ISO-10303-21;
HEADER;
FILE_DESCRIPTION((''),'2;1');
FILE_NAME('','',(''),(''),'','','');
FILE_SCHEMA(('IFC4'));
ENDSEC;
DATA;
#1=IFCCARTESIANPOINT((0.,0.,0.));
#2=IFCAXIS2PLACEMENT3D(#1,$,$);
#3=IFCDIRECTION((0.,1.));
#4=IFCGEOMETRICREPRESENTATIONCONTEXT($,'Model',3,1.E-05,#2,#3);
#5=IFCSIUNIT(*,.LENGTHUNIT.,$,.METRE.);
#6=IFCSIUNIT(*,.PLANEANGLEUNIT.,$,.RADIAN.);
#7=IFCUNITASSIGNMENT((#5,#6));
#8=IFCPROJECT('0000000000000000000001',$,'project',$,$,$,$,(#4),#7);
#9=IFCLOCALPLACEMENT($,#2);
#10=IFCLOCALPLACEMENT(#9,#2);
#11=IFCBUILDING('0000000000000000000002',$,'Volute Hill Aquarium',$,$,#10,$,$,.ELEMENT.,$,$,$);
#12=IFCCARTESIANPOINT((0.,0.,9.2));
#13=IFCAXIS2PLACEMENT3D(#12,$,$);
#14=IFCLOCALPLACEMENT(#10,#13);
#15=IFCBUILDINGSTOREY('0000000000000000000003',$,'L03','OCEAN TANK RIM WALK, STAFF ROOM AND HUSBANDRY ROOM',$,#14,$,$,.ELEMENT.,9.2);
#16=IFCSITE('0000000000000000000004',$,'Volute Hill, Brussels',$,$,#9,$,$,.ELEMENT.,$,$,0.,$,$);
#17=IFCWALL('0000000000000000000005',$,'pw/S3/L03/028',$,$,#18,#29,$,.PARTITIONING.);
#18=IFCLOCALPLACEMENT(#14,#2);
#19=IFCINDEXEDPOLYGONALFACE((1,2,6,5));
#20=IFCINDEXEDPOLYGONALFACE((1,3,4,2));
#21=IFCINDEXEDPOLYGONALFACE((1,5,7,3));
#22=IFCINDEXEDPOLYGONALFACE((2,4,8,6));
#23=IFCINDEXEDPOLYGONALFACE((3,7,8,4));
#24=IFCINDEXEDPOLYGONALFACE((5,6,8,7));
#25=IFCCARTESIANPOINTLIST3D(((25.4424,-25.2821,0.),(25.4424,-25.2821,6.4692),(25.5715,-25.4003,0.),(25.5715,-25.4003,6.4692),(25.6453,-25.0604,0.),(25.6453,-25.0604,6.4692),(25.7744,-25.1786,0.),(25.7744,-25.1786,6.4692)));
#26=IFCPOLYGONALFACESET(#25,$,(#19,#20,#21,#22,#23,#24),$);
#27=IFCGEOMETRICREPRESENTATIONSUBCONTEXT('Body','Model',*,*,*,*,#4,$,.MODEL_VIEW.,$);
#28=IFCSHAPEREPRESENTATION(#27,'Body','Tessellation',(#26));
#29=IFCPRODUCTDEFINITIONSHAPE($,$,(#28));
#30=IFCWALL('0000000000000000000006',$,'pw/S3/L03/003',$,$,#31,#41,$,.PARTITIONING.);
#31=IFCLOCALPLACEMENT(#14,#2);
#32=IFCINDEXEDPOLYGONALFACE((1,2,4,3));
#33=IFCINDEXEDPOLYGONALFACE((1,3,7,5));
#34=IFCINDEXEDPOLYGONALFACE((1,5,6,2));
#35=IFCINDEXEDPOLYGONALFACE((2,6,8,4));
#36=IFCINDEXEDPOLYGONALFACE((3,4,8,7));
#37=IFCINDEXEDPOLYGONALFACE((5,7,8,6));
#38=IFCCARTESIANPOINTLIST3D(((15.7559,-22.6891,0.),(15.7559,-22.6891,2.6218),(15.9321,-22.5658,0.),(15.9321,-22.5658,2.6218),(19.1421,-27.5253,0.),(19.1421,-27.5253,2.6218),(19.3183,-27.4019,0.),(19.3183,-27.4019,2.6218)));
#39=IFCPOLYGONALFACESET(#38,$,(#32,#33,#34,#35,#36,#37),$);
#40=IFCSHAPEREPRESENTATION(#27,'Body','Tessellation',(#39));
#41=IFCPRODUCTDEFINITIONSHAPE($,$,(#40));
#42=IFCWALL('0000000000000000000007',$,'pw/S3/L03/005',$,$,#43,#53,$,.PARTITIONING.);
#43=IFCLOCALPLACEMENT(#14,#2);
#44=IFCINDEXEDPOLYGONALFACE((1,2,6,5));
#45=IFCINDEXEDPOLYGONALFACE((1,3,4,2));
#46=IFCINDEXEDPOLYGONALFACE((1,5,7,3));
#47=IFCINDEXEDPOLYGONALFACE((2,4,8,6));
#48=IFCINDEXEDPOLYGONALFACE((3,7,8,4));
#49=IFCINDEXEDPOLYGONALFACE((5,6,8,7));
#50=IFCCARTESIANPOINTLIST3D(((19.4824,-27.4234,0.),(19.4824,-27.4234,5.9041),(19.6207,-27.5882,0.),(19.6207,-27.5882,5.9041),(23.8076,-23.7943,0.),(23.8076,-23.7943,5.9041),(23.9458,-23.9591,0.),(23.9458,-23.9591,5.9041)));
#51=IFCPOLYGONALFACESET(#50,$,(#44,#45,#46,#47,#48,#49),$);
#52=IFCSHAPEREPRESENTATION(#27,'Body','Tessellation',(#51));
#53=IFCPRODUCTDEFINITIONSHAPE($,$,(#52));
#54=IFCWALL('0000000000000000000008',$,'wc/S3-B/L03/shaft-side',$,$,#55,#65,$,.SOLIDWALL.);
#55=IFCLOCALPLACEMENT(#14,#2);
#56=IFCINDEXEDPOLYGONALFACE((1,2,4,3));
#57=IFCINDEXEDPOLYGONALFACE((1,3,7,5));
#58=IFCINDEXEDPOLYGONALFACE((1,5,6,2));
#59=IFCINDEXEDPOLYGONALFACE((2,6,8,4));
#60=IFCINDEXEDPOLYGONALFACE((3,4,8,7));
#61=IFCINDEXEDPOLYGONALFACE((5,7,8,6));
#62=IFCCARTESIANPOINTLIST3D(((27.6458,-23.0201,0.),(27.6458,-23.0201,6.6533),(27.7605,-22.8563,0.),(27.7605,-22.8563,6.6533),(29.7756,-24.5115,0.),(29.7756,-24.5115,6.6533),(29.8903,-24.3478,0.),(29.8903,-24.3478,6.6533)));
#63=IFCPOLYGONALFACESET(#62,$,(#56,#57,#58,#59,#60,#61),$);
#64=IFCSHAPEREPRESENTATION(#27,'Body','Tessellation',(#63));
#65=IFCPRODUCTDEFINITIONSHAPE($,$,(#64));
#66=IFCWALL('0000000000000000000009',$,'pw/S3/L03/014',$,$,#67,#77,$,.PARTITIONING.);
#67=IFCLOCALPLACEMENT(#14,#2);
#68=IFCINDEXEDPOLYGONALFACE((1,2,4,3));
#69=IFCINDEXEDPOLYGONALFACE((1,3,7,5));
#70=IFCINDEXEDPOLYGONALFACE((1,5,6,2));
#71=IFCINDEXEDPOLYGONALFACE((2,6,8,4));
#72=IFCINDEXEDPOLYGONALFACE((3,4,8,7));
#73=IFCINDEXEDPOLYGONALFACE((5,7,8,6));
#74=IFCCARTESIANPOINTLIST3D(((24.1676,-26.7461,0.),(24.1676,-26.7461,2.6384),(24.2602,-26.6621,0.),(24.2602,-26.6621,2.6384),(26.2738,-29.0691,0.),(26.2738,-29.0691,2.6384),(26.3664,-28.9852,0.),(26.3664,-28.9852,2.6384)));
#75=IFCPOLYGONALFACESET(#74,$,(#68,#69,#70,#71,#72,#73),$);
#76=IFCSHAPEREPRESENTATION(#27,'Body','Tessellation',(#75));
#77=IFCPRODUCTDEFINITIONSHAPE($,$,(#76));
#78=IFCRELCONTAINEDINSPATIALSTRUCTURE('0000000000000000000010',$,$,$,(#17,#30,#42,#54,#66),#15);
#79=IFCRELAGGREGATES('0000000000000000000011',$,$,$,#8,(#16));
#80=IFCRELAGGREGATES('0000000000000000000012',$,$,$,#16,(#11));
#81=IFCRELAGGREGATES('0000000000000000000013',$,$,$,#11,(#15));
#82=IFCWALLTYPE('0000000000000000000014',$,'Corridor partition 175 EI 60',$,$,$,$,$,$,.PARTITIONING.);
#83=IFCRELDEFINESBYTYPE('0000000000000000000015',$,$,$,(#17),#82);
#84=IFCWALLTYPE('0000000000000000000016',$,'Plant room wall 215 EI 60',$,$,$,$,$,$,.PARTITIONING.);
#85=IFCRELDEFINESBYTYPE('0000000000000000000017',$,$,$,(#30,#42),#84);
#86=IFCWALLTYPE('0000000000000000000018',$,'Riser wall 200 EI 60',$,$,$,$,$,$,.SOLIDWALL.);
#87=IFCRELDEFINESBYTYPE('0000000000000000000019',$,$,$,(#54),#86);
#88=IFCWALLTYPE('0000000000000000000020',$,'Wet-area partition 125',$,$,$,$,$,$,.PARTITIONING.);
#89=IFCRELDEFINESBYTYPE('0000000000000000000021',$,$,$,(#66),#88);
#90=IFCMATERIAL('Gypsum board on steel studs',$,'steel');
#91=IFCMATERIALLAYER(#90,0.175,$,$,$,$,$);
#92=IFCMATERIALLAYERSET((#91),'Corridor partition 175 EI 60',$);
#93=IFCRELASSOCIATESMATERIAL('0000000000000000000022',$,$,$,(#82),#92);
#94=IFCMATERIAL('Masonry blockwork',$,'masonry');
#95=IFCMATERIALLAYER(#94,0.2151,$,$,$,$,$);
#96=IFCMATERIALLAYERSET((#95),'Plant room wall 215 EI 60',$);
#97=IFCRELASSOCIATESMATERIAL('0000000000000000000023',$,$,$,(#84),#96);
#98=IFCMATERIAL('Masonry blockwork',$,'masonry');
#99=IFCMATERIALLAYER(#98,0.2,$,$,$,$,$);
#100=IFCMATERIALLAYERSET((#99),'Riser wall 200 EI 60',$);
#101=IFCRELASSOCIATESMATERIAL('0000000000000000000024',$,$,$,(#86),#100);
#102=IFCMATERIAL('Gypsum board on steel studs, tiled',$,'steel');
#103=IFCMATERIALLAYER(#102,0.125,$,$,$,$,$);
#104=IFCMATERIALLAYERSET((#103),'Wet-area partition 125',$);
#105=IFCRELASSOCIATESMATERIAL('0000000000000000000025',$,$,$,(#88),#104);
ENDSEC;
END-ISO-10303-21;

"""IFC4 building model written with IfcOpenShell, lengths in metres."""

from ifc_helpers import new_model, si_unit, direction, frame, frame_2d, origin, place, context, subcontext, project, spatial, rectangle, extrude, material, layer, layer_set, type_object, element, save


model = new_model("IFC4")

# Units and contexts
model_context = context("Model", 3, precision=1e-05, world=origin(), true_north=direction((0.0, 1.0)))
body_context = subcontext(model_context, "Body", "Model", "MODEL_VIEW")
ifc_project = project(units=[si_unit("LENGTHUNIT", "METRE"), si_unit("PLANEANGLEUNIT", "RADIAN")], contexts=[model_context])

# Site, building, storey
site_placement = place(None, origin())
site = spatial("IfcSite", under=ifc_project, at=site_placement, Name="Volute Hill, Brussels", CompositionType="ELEMENT", RefElevation=0.0)
building_placement = place(site_placement, origin())
building = spatial("IfcBuilding", under=site, at=building_placement, Name="Volute Hill Aquarium", CompositionType="ELEMENT")
storey_placement = place(building_placement, frame((0.0, 0.0, 9.2)))
storey = spatial("IfcBuildingStorey", under=building, at=storey_placement, Name="L03", Description="OCEAN TANK RIM WALK, STAFF ROOM AND HUSBANDRY ROOM", CompositionType="ELEMENT", Elevation=9.2)

# Walls
ifc_material_1 = material(Name="Gypsum board on steel studs", Category="steel")
ifc_layer_1 = layer(ifc_material_1, 0.175)
ifc_layer_set_1 = layer_set([ifc_layer_1], Name="Corridor partition 175 EI 60")
wall_type_1 = type_object("IfcWallType", Name="Corridor partition 175 EI 60", PredefinedType="PARTITIONING", material=ifc_layer_set_1)
wall_1_placement = place(storey_placement, frame((25.71, -25.1194, 0.0), z_axis=(0.0, 0.0, 1.0), x_axis=(-0.675136, -0.737693, 0.0)))
element("IfcWall", 1, at=wall_1_placement, inside=storey, type_object=wall_type_1, Name="pw/S3/L03/028", PredefinedType="PARTITIONING", context=body_context, shape_type="SweptSolid", body=[
    extrude(rectangle(XDim=0.3005, YDim=0.175, at=frame_2d((0.1504, 0.0))), origin(), (0.0, 0.0, 1.0), 6.4692),
])
ifc_material_2 = material(Name="Masonry blockwork", Category="masonry")
ifc_layer_2 = layer(ifc_material_2, 0.2151)
ifc_layer_set_2 = layer_set([ifc_layer_2], Name="Plant room wall 215 EI 60")
wall_type_2 = type_object("IfcWallType", Name="Plant room wall 215 EI 60", PredefinedType="PARTITIONING", material=ifc_layer_set_2)
wall_2_placement = place(storey_placement, frame((19.2302, -27.4636, 0.0), z_axis=(0.0, 0.0, 1.0), x_axis=(-0.573565, 0.81916, 0.0)))
element("IfcWall", 2, at=wall_2_placement, inside=storey, type_object=wall_type_2, Name="pw/S3/L03/003", PredefinedType="PARTITIONING", context=body_context, shape_type="SweptSolid", body=[
    extrude(rectangle(XDim=5.9038, YDim=0.2151, at=frame_2d((2.9519, 0.0))), origin(), (0.0, 0.0, 1.0), 2.6218),
])
wall_3_placement = place(storey_placement, frame((23.8767, -23.8767, 0.0), z_axis=(0.0, 0.0, 1.0), x_axis=(-0.766055, -0.642775, 0.0)))
element("IfcWall", 3, at=wall_3_placement, inside=storey, type_object=wall_type_2, Name="pw/S3/L03/005", PredefinedType="PARTITIONING", context=body_context, shape_type="SweptSolid", body=[
    extrude(rectangle(XDim=5.646, YDim=0.2151, at=frame_2d((2.823, 0.0))), origin(), (0.0, 0.0, 1.0), 5.9041),
])
ifc_material_3 = material(Name="Masonry blockwork", Category="masonry")
ifc_layer_3 = layer(ifc_material_3, 0.2)
ifc_layer_set_3 = layer_set([ifc_layer_3], Name="Riser wall 200 EI 60")
wall_type_3 = type_object("IfcWallType", Name="Riser wall 200 EI 60", PredefinedType="SOLIDWALL", material=ifc_layer_set_3)
wall_4_placement = place(storey_placement, frame((27.7031, -22.9382, 0.0), z_axis=(0.0, 0.0, 1.0), x_axis=(0.819135, -0.573601, 0.0)))
element("IfcWall", 4, at=wall_4_placement, inside=storey, type_object=wall_type_3, Name="wc/S3-B/L03/shaft-side", PredefinedType="SOLIDWALL", context=body_context, shape_type="SweptSolid", body=[
    extrude(rectangle(XDim=2.6001, YDim=0.2, at=frame_2d((1.3, 0.0))), origin(), (0.0, 0.0, 1.0), 6.6533),
])
ifc_material_4 = material(Name="Gypsum board on steel studs, tiled", Category="steel")
ifc_layer_4 = layer(ifc_material_4, 0.125)
ifc_layer_set_4 = layer_set([ifc_layer_4], Name="Wet-area partition 125")
wall_type_4 = type_object("IfcWallType", Name="Wet-area partition 125", PredefinedType="PARTITIONING", material=ifc_layer_set_4)
wall_5_placement = place(storey_placement, frame((24.2139, -26.7041, 0.0), z_axis=(0.0, 0.0, 1.0), x_axis=(0.671692, -0.740831, 0.0)))
element("IfcWall", 5, at=wall_5_placement, inside=storey, type_object=wall_type_4, Name="pw/S3/L03/014", PredefinedType="PARTITIONING", context=body_context, shape_type="SweptSolid", body=[
    extrude(rectangle(XDim=3.1357, YDim=0.125, at=frame_2d((1.5679, 0.0))), origin(), (0.0, 0.0, 1.0), 2.6384),
])

save(model, "model.ifc")
